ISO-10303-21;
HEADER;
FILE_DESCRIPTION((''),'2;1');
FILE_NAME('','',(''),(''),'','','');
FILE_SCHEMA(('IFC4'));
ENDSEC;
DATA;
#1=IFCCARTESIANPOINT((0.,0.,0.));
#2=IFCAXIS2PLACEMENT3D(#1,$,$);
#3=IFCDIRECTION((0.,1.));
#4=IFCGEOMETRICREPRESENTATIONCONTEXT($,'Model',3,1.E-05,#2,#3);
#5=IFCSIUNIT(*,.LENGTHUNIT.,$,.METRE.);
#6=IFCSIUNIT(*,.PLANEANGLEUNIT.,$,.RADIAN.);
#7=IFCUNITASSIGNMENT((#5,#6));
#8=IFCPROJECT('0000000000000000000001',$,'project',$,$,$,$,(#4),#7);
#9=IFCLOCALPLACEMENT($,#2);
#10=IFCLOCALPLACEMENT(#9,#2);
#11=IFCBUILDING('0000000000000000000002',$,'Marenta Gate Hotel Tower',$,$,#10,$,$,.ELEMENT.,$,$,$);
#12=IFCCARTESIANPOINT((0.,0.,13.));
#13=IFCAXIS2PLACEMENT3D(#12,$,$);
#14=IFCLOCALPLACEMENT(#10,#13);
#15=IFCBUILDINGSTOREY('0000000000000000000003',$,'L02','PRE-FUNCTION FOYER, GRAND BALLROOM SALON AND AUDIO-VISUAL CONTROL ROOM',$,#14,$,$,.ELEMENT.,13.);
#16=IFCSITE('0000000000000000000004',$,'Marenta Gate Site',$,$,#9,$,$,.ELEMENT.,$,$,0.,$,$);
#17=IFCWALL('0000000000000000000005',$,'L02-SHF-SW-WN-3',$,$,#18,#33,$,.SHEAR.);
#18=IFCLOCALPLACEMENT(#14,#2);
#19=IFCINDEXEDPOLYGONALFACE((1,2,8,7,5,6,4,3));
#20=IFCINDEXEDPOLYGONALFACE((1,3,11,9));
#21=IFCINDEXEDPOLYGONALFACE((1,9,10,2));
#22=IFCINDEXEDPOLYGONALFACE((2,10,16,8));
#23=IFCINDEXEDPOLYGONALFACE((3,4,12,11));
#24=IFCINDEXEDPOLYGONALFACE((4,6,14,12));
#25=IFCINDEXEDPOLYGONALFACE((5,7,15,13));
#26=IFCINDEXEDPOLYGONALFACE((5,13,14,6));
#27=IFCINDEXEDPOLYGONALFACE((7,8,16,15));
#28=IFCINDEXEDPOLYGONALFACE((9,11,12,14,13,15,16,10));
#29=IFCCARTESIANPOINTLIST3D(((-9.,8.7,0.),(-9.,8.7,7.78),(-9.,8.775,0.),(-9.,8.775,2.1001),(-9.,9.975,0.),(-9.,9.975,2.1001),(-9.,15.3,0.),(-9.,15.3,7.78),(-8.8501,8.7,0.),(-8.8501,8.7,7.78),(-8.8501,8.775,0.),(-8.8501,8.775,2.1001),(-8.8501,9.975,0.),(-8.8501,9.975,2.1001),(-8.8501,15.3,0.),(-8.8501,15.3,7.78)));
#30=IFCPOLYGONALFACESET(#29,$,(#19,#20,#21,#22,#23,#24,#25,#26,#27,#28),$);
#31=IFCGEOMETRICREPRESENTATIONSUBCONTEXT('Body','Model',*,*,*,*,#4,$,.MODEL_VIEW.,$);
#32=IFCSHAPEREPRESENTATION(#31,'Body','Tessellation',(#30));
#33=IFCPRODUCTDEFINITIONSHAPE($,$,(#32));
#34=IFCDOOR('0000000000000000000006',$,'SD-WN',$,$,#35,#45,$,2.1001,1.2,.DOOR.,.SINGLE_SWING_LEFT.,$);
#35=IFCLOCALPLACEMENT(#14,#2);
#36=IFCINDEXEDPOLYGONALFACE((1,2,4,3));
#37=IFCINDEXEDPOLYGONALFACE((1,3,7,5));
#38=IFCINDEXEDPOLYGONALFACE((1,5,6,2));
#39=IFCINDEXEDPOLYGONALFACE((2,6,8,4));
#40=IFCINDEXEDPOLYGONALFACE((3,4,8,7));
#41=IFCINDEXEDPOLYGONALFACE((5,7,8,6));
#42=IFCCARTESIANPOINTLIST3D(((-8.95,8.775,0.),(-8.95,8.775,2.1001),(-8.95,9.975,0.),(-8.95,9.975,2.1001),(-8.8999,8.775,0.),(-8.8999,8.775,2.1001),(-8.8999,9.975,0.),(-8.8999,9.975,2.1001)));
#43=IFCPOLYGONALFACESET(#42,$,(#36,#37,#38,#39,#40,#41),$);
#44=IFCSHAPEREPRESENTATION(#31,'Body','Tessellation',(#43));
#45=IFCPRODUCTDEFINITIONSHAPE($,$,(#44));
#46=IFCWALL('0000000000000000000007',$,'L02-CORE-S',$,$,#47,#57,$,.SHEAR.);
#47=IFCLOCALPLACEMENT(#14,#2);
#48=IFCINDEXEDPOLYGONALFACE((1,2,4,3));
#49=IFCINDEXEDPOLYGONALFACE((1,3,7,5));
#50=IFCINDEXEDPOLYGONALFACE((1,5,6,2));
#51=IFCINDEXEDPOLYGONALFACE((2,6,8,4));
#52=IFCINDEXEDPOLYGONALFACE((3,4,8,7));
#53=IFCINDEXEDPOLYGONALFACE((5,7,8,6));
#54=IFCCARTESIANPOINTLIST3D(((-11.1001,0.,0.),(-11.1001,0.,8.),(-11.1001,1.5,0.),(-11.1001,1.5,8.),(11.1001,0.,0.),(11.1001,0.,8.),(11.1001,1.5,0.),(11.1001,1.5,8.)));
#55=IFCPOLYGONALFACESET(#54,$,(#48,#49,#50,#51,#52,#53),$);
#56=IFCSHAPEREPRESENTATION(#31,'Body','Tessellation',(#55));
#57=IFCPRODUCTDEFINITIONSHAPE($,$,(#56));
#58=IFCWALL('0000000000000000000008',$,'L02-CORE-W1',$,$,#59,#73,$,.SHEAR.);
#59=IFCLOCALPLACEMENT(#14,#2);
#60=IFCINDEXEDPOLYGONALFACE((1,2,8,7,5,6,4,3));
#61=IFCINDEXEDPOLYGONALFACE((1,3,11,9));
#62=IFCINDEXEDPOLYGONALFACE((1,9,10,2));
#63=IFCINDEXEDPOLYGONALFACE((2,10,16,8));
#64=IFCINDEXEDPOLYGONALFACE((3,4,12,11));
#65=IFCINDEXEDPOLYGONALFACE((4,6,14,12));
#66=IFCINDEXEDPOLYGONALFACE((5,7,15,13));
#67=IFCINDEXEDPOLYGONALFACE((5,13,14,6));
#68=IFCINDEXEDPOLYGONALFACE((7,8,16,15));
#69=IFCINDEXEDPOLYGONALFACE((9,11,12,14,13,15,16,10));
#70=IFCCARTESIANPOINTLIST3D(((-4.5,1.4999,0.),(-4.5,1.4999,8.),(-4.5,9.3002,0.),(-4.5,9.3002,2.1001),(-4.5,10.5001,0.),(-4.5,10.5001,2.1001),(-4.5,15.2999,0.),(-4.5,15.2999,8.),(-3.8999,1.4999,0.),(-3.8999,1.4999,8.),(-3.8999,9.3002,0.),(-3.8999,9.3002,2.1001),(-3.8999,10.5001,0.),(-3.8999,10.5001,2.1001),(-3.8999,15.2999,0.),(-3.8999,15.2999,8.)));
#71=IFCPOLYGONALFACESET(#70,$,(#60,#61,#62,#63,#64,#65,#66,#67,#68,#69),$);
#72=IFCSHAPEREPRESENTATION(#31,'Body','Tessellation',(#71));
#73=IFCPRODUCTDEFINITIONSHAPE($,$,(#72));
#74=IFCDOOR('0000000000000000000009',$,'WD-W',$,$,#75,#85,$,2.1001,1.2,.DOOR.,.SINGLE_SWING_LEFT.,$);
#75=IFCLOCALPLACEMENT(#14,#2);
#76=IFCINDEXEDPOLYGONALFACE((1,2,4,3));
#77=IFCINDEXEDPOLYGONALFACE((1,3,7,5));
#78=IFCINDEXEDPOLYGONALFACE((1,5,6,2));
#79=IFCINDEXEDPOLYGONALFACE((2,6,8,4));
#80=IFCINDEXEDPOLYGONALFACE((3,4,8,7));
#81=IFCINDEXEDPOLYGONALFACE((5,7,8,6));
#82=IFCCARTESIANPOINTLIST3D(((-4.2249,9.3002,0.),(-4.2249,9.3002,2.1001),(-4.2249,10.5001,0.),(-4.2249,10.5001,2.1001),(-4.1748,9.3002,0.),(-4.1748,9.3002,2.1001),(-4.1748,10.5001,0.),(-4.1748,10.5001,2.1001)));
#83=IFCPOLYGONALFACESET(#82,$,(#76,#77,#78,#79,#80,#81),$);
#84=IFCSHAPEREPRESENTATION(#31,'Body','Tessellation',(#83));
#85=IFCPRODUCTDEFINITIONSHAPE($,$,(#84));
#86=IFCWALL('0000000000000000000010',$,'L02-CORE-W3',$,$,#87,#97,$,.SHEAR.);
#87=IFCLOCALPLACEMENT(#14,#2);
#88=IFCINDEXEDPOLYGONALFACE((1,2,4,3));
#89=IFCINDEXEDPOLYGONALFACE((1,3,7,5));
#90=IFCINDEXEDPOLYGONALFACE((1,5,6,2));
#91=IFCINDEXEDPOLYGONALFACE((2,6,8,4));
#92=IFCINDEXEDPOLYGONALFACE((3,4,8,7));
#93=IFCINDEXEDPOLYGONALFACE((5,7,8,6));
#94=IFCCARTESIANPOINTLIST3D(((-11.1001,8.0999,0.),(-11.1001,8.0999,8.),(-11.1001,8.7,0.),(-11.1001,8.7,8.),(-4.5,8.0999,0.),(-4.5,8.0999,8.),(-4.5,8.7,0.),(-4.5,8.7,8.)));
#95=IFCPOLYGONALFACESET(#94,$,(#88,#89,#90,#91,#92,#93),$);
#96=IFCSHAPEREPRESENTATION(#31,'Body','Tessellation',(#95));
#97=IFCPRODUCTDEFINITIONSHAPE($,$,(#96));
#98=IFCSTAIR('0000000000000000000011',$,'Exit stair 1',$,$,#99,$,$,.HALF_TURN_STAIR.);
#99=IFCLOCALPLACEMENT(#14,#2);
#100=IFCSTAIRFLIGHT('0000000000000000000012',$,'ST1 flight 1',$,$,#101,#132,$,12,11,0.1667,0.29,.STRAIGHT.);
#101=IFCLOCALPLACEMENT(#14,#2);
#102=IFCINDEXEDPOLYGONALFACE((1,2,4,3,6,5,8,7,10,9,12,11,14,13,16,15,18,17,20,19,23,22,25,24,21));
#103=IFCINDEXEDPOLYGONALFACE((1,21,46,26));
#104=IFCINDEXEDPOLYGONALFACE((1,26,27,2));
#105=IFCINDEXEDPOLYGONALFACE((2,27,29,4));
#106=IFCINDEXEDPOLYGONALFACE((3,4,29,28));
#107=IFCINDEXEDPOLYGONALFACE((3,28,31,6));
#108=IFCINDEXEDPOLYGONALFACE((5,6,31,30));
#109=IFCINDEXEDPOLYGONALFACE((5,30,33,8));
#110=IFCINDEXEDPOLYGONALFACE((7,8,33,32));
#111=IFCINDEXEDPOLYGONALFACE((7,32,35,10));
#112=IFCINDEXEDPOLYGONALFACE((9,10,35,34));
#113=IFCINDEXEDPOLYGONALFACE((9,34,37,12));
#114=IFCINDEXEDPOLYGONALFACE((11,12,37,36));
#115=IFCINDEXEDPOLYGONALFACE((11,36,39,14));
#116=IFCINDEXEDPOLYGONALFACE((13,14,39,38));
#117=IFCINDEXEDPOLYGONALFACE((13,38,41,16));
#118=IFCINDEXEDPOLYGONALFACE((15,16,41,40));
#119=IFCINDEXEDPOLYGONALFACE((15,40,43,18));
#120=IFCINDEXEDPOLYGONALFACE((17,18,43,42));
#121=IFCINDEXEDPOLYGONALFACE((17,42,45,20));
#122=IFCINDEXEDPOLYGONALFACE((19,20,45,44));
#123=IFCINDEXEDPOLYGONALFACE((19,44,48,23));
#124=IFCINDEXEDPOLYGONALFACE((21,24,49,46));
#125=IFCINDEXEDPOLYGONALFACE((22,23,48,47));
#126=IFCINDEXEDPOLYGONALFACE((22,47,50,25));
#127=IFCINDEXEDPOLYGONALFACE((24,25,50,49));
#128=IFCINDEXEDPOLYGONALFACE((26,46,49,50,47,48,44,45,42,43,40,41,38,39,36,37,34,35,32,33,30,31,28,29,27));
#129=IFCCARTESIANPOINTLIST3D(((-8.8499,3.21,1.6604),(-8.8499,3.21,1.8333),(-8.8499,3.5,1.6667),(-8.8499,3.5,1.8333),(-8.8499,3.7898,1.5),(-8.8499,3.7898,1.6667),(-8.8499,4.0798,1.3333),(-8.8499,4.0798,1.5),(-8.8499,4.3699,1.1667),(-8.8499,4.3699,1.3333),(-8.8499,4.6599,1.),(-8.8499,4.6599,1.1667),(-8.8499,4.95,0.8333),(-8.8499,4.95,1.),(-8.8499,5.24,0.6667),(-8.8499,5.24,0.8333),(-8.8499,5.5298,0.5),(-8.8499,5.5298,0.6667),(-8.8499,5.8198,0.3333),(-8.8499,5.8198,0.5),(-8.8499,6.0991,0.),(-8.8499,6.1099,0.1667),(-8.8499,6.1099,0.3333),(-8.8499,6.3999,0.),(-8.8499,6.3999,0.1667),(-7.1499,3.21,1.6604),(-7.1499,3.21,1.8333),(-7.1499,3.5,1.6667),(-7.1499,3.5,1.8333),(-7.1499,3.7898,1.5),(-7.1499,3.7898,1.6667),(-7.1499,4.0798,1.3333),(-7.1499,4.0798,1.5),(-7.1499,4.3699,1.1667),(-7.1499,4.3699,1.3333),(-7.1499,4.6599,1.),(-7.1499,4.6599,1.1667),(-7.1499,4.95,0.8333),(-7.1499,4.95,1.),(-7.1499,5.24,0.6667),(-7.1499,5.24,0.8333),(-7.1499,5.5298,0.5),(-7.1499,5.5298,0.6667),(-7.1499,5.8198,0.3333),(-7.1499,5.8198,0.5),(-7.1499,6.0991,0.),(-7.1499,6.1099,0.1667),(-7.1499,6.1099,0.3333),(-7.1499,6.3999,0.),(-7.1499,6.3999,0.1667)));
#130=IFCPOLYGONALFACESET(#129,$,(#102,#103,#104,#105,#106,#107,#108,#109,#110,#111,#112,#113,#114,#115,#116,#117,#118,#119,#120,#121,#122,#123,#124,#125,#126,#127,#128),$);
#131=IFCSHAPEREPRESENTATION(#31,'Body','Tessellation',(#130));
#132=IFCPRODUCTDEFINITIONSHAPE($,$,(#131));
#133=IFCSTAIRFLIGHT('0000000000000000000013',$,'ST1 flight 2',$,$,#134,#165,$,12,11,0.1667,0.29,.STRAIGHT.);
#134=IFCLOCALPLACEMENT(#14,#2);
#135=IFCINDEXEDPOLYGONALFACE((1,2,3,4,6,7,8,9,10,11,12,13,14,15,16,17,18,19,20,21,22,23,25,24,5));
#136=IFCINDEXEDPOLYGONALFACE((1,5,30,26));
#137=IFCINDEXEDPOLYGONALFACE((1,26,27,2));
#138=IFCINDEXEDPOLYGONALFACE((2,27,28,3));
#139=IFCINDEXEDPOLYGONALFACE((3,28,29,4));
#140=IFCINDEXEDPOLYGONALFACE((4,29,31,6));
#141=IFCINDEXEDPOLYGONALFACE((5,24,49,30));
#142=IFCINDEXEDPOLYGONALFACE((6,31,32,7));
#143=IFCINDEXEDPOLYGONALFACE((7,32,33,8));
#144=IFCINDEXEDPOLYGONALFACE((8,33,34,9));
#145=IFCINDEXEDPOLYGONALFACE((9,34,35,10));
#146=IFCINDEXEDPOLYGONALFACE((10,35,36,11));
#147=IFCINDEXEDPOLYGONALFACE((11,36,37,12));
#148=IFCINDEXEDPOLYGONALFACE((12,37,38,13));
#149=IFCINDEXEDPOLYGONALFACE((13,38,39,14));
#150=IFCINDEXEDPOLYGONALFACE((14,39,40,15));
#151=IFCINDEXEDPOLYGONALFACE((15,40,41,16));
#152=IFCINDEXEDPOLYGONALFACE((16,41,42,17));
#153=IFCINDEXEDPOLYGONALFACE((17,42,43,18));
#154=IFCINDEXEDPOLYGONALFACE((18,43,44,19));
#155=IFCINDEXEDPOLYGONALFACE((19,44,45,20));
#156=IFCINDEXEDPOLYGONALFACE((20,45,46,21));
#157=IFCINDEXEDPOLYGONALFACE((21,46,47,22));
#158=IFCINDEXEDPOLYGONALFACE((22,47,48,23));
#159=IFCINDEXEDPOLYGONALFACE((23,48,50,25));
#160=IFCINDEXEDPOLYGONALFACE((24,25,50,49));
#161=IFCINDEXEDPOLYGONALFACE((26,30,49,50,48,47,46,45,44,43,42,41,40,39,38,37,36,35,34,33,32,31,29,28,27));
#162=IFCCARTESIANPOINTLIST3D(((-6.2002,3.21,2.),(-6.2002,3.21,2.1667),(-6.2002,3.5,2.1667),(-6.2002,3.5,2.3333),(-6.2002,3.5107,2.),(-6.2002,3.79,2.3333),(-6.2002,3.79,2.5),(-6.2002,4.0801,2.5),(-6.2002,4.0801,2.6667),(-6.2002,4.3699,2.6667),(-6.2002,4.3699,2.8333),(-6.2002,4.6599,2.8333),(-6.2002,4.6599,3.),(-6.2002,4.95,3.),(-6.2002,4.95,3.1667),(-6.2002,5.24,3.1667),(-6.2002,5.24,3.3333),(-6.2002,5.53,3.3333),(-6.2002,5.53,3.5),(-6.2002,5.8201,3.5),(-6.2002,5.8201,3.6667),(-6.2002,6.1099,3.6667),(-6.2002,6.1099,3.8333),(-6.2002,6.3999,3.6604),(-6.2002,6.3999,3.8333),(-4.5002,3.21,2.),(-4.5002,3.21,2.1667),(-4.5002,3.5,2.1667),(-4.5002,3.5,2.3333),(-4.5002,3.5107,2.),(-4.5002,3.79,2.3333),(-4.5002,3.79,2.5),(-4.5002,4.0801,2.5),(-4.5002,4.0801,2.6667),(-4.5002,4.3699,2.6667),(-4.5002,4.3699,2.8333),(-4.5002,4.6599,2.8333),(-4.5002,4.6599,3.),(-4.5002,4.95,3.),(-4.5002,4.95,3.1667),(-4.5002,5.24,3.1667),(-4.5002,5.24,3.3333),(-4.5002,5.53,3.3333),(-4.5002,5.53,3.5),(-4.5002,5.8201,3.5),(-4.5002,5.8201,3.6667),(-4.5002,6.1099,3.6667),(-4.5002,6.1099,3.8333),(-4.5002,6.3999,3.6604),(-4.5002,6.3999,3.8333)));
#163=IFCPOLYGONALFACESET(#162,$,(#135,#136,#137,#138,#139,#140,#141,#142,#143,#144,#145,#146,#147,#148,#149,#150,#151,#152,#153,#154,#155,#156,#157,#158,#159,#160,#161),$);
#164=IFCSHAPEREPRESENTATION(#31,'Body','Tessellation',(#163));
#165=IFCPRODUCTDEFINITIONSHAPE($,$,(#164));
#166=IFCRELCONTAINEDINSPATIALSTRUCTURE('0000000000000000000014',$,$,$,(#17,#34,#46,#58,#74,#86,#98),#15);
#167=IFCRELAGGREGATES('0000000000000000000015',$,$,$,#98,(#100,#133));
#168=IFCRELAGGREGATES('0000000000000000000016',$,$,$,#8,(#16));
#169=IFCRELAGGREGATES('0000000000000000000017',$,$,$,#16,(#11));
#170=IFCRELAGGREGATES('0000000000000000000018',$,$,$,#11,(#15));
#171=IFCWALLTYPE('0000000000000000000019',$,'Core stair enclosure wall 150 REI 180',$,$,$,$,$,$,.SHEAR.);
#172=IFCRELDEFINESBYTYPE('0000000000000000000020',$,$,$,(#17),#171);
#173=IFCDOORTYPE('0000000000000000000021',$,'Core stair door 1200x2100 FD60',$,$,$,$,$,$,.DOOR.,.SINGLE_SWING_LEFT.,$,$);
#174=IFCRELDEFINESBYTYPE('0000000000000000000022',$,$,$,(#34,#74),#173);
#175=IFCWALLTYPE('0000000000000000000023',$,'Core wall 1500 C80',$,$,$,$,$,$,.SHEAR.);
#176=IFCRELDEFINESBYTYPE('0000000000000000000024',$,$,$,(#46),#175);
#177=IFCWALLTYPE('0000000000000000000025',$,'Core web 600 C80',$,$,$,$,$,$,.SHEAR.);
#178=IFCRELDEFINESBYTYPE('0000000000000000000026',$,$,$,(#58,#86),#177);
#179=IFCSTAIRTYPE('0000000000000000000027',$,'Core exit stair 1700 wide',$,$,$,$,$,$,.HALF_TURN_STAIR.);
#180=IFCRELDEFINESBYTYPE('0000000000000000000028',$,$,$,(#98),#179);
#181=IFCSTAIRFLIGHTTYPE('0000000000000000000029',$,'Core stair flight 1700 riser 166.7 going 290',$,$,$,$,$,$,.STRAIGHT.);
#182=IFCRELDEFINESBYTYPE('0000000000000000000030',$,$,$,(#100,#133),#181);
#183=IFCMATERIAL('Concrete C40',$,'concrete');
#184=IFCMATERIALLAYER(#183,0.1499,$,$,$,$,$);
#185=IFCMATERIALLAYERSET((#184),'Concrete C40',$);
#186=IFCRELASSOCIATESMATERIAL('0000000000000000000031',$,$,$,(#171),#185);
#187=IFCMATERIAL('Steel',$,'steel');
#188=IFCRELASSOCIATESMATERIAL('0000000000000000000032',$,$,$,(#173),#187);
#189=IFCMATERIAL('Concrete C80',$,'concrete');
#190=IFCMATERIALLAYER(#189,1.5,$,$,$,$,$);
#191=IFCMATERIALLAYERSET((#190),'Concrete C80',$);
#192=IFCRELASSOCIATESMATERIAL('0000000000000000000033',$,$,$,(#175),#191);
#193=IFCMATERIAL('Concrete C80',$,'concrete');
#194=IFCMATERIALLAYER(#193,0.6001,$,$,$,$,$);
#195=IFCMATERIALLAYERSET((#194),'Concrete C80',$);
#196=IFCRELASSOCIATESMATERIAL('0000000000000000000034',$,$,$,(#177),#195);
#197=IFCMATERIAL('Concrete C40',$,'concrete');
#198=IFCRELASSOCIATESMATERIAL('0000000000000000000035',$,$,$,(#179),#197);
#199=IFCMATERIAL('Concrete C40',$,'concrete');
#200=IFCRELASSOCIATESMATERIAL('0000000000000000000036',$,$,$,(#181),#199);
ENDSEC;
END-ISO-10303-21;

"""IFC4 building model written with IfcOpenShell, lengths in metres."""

from ifc_helpers import new_model, si_unit, direction, frame, frame_2d, origin, place, context, subcontext, project, spatial, polyline, rectangle, outline, extrude, material, layer, layer_set, type_object, element, fill, aggregate, save


model = new_model("IFC4")

# Units and contexts
model_context = context("Model", 3, precision=1e-05, world=origin(), true_north=direction((0.0, 1.0)))
body_context = subcontext(model_context, "Body", "Model", "MODEL_VIEW")
ifc_project = project(units=[si_unit("LENGTHUNIT", "METRE"), si_unit("PLANEANGLEUNIT", "RADIAN")], contexts=[model_context])

# Site, building, storey
site_placement = place(None, origin())
site = spatial("IfcSite", under=ifc_project, at=site_placement, Name="Marenta Gate Site", CompositionType="ELEMENT", RefElevation=0.0)
building_placement = place(site_placement, origin())
building = spatial("IfcBuilding", under=site, at=building_placement, Name="Marenta Gate Hotel Tower", CompositionType="ELEMENT")
storey_placement = place(building_placement, frame((0.0, 0.0, 13.0)))
storey = spatial("IfcBuildingStorey", under=building, at=storey_placement, Name="L02", Description="PRE-FUNCTION FOYER, GRAND BALLROOM SALON AND AUDIO-VISUAL CONTROL ROOM", CompositionType="ELEMENT", Elevation=13.0)

# Wall, opening, door
ifc_material_1 = material(Name="Concrete C40", Category="concrete")
ifc_layer_1 = layer(ifc_material_1, 0.1499)
ifc_layer_set_1 = layer_set([ifc_layer_1], Name="Concrete C40")
wall_type_1 = type_object("IfcWallType", Name="Core stair enclosure wall 150 REI 180", PredefinedType="SHEAR", material=ifc_layer_set_1)
ifc_material_2 = material(Name="Steel", Category="steel")
door_type_1 = type_object("IfcDoorType", Name="Core stair door 1200x2100 FD60", OperationType="SINGLE_SWING_LEFT", PredefinedType="DOOR", material=ifc_material_2)
wall_1_placement = place(storey_placement, frame((-8.925, 8.7, 0.0), z_axis=(0.0, 0.0, 1.0), x_axis=(0.0, 1.0, 0.0)))
wall_1 = element("IfcWall", 1, at=wall_1_placement, inside=storey, type_object=wall_type_1, Name="L02-SHF-SW-WN-3", PredefinedType="SHEAR", context=body_context, shape_type="SweptSolid", body=[
    extrude(rectangle(XDim=6.6001, YDim=0.1499, at=frame_2d((3.3, 0.0))), origin(), (0.0, 0.0, 1.0), 7.78),
])
opening_1_placement = place(wall_1_placement, frame((0.075, 0.0, 0.0)))
opening_1 = element("IfcOpeningElement", 2, at=opening_1_placement, cuts=wall_1, PredefinedType="OPENING", context=body_context, shape_type="SweptSolid", body=[
    extrude(rectangle(XDim=1.2, YDim=2.1001, at=frame_2d((0.6001, 1.05))), frame((0.0, 0.075, 0.0), z_axis=(0.0, -1.0, 0.0), x_axis=(1.0, 0.0, 0.0)), (0.0, 0.0, 1.0), 0.1499),
])
door_1_placement = place(opening_1_placement, origin())
door_1 = element("IfcDoor", 3, at=door_1_placement, inside=storey, type_object=door_type_1, Name="SD-WN", OperationType="SINGLE_SWING_LEFT", OverallHeight=2.1001, OverallWidth=1.2, PredefinedType="DOOR", context=body_context, shape_type="SweptSolid", body=[
    extrude(rectangle(XDim=1.2, YDim=2.1001, at=frame_2d((0.6001, 1.05))), frame((0.0, 0.0249, 0.0), z_axis=(0.0, -1.0, 0.0), x_axis=(1.0, 0.0, 0.0)), (0.0, 0.0, 1.0), 0.05),
])
fill(opening_1, door_1)

# Wall
ifc_material_3 = material(Name="Concrete C80", Category="concrete")
ifc_layer_2 = layer(ifc_material_3, 1.5)
ifc_layer_set_2 = layer_set([ifc_layer_2], Name="Concrete C80")
wall_type_2 = type_object("IfcWallType", Name="Core wall 1500 C80", PredefinedType="SHEAR", material=ifc_layer_set_2)
wall_2_placement = place(storey_placement, frame((-11.1001, 0.75, 0.0), z_axis=(0.0, 0.0, 1.0), x_axis=(1.0, 0.0, 0.0)))
element("IfcWall", 4, at=wall_2_placement, inside=storey, type_object=wall_type_2, Name="L02-CORE-S", PredefinedType="SHEAR", context=body_context, shape_type="SweptSolid", body=[
    extrude(rectangle(XDim=22.2002, YDim=1.5, at=frame_2d((11.1001, 0.0))), origin(), (0.0, 0.0, 1.0), 8.0),
])

# Wall, opening, door
ifc_material_4 = material(Name="Concrete C80", Category="concrete")
ifc_layer_3 = layer(ifc_material_4, 0.6001)
ifc_layer_set_3 = layer_set([ifc_layer_3], Name="Concrete C80")
wall_type_3 = type_object("IfcWallType", Name="Core web 600 C80", PredefinedType="SHEAR", material=ifc_layer_set_3)
wall_3_placement = place(storey_placement, frame((-4.2, 1.5, 0.0), z_axis=(0.0, 0.0, 1.0), x_axis=(0.0, 1.0, 0.0)))
wall_3 = element("IfcWall", 5, at=wall_3_placement, inside=storey, type_object=wall_type_3, Name="L02-CORE-W1", PredefinedType="SHEAR", context=body_context, shape_type="SweptSolid", body=[
    extrude(rectangle(XDim=13.8, YDim=0.6001, at=frame_2d((6.8999, 0.0))), origin(), (0.0, 0.0, 1.0), 8.0),
])
opening_2_placement = place(wall_3_placement, frame((7.8, 0.0, 0.0)))
opening_2 = element("IfcOpeningElement", 6, at=opening_2_placement, cuts=wall_3, PredefinedType="OPENING", context=body_context, shape_type="SweptSolid", body=[
    extrude(rectangle(XDim=1.2, YDim=2.1001, at=frame_2d((0.6001, 1.05))), frame((0.0, 0.3, 0.0), z_axis=(0.0, -1.0, 0.0), x_axis=(1.0, 0.0, 0.0)), (0.0, 0.0, 1.0), 0.6001),
])
door_2_placement = place(opening_2_placement, origin())
door_2 = element("IfcDoor", 7, at=door_2_placement, inside=storey, type_object=door_type_1, Name="WD-W", OperationType="SINGLE_SWING_LEFT", OverallHeight=2.1001, OverallWidth=1.2, PredefinedType="DOOR", context=body_context, shape_type="SweptSolid", body=[
    extrude(rectangle(XDim=1.2, YDim=2.1001, at=frame_2d((0.6001, 1.05))), frame((0.0, 0.0249, 0.0), z_axis=(0.0, -1.0, 0.0), x_axis=(1.0, 0.0, 0.0)), (0.0, 0.0, 1.0), 0.05),
])
fill(opening_2, door_2)

# Wall
wall_4_placement = place(storey_placement, frame((-11.1001, 8.3999, 0.0), z_axis=(0.0, 0.0, 1.0), x_axis=(1.0, 0.0, 0.0)))
element("IfcWall", 8, at=wall_4_placement, inside=storey, type_object=wall_type_3, Name="L02-CORE-W3", PredefinedType="SHEAR", context=body_context, shape_type="SweptSolid", body=[
    extrude(rectangle(XDim=6.6001, YDim=0.6001, at=frame_2d((3.3, 0.0))), origin(), (0.0, 0.0, 1.0), 8.0),
])

# Stair, stair flights
ifc_material_5 = material(Name="Concrete C40", Category="concrete")
stair_type = type_object("IfcStairType", Name="Core exit stair 1700 wide", PredefinedType="HALF_TURN_STAIR", material=ifc_material_5)
stair_placement = place(storey_placement, origin())
stair = element("IfcStair", 9, at=stair_placement, inside=storey, type_object=stair_type, Name="Exit stair 1", PredefinedType="HALF_TURN_STAIR")
ifc_material_6 = material(Name="Concrete C40", Category="concrete")
stair_flight_type = type_object("IfcStairFlightType", Name="Core stair flight 1700 riser 166.7 going 290", PredefinedType="STRAIGHT", material=ifc_material_6)
stair_flight_1_placement = place(storey_placement, frame((-8.0, 6.3999, 0.0), z_axis=(0.0, 0.0, 1.0), x_axis=(0.0, -1.0, 0.0)))
stair_flight_1 = element("IfcStairFlight", 10, at=stair_flight_1_placement, type_object=stair_flight_type, Name="ST1 flight 1", NumberOfRisers=12, NumberOfTreads=11, PredefinedType="STRAIGHT", RiserHeight=0.1667, TreadLength=0.29, context=body_context, shape_type="SweptSolid", body=[
    extrude(outline(polyline([(0.0, 0.0), (0.0, 0.1667), (0.29, 0.1667), (0.29, 0.3333), (0.5801, 0.3333), (0.5801, 0.5), (0.8701, 0.5), (0.8701, 0.6667), (1.1599, 0.6667), (1.1599, 0.8333), (1.45, 0.8333), (1.45, 1.0), (1.74, 1.0), (1.74, 1.1667), (2.03, 1.1667), (2.03, 1.3333), (2.3201, 1.3333), (2.3201, 1.5), (2.6101, 1.5), (2.6101, 1.6667), (2.8999, 1.6667), (2.8999, 1.8333), (3.1899, 1.8333), (3.1899, 2.0), (3.1899, 1.6604), (0.3008, 0.0), (0.0, 0.0)])), frame((0.0, 0.8501, 0.0), z_axis=(0.0, -1.0, 0.0), x_axis=(1.0, 0.0, 0.0)), (0.0, 0.0, 1.0), 1.7),
])
stair_flight_2_placement = place(storey_placement, frame((-5.3501, 3.21, 2.0), z_axis=(0.0, 0.0, 1.0), x_axis=(0.0, 1.0, 0.0)))
stair_flight_2 = element("IfcStairFlight", 11, at=stair_flight_2_placement, type_object=stair_flight_type, Name="ST1 flight 2", NumberOfRisers=12, NumberOfTreads=11, PredefinedType="STRAIGHT", RiserHeight=0.1667, TreadLength=0.29, context=body_context, shape_type="SweptSolid", body=[
    extrude(outline(polyline([(0.0, 0.0), (0.0, 0.1667), (0.29, 0.1667), (0.29, 0.3333), (0.5801, 0.3333), (0.5801, 0.5), (0.8701, 0.5), (0.8701, 0.6667), (1.1599, 0.6667), (1.1599, 0.8333), (1.45, 0.8333), (1.45, 1.0), (1.74, 1.0), (1.74, 1.1667), (2.03, 1.1667), (2.03, 1.3333), (2.3201, 1.3333), (2.3201, 1.5), (2.6101, 1.5), (2.6101, 1.6667), (2.8999, 1.6667), (2.8999, 1.8333), (3.1899, 1.8333), (3.1899, 2.0), (3.1899, 1.6604), (0.3008, 0.0), (0.0, 0.0)])), frame((0.0, 0.8501, 0.0), z_axis=(0.0, -1.0, 0.0), x_axis=(1.0, 0.0, 0.0)), (0.0, 0.0, 1.0), 1.7),
])
aggregate(stair, [stair_flight_1, stair_flight_2])

save(model, "model.ifc")
